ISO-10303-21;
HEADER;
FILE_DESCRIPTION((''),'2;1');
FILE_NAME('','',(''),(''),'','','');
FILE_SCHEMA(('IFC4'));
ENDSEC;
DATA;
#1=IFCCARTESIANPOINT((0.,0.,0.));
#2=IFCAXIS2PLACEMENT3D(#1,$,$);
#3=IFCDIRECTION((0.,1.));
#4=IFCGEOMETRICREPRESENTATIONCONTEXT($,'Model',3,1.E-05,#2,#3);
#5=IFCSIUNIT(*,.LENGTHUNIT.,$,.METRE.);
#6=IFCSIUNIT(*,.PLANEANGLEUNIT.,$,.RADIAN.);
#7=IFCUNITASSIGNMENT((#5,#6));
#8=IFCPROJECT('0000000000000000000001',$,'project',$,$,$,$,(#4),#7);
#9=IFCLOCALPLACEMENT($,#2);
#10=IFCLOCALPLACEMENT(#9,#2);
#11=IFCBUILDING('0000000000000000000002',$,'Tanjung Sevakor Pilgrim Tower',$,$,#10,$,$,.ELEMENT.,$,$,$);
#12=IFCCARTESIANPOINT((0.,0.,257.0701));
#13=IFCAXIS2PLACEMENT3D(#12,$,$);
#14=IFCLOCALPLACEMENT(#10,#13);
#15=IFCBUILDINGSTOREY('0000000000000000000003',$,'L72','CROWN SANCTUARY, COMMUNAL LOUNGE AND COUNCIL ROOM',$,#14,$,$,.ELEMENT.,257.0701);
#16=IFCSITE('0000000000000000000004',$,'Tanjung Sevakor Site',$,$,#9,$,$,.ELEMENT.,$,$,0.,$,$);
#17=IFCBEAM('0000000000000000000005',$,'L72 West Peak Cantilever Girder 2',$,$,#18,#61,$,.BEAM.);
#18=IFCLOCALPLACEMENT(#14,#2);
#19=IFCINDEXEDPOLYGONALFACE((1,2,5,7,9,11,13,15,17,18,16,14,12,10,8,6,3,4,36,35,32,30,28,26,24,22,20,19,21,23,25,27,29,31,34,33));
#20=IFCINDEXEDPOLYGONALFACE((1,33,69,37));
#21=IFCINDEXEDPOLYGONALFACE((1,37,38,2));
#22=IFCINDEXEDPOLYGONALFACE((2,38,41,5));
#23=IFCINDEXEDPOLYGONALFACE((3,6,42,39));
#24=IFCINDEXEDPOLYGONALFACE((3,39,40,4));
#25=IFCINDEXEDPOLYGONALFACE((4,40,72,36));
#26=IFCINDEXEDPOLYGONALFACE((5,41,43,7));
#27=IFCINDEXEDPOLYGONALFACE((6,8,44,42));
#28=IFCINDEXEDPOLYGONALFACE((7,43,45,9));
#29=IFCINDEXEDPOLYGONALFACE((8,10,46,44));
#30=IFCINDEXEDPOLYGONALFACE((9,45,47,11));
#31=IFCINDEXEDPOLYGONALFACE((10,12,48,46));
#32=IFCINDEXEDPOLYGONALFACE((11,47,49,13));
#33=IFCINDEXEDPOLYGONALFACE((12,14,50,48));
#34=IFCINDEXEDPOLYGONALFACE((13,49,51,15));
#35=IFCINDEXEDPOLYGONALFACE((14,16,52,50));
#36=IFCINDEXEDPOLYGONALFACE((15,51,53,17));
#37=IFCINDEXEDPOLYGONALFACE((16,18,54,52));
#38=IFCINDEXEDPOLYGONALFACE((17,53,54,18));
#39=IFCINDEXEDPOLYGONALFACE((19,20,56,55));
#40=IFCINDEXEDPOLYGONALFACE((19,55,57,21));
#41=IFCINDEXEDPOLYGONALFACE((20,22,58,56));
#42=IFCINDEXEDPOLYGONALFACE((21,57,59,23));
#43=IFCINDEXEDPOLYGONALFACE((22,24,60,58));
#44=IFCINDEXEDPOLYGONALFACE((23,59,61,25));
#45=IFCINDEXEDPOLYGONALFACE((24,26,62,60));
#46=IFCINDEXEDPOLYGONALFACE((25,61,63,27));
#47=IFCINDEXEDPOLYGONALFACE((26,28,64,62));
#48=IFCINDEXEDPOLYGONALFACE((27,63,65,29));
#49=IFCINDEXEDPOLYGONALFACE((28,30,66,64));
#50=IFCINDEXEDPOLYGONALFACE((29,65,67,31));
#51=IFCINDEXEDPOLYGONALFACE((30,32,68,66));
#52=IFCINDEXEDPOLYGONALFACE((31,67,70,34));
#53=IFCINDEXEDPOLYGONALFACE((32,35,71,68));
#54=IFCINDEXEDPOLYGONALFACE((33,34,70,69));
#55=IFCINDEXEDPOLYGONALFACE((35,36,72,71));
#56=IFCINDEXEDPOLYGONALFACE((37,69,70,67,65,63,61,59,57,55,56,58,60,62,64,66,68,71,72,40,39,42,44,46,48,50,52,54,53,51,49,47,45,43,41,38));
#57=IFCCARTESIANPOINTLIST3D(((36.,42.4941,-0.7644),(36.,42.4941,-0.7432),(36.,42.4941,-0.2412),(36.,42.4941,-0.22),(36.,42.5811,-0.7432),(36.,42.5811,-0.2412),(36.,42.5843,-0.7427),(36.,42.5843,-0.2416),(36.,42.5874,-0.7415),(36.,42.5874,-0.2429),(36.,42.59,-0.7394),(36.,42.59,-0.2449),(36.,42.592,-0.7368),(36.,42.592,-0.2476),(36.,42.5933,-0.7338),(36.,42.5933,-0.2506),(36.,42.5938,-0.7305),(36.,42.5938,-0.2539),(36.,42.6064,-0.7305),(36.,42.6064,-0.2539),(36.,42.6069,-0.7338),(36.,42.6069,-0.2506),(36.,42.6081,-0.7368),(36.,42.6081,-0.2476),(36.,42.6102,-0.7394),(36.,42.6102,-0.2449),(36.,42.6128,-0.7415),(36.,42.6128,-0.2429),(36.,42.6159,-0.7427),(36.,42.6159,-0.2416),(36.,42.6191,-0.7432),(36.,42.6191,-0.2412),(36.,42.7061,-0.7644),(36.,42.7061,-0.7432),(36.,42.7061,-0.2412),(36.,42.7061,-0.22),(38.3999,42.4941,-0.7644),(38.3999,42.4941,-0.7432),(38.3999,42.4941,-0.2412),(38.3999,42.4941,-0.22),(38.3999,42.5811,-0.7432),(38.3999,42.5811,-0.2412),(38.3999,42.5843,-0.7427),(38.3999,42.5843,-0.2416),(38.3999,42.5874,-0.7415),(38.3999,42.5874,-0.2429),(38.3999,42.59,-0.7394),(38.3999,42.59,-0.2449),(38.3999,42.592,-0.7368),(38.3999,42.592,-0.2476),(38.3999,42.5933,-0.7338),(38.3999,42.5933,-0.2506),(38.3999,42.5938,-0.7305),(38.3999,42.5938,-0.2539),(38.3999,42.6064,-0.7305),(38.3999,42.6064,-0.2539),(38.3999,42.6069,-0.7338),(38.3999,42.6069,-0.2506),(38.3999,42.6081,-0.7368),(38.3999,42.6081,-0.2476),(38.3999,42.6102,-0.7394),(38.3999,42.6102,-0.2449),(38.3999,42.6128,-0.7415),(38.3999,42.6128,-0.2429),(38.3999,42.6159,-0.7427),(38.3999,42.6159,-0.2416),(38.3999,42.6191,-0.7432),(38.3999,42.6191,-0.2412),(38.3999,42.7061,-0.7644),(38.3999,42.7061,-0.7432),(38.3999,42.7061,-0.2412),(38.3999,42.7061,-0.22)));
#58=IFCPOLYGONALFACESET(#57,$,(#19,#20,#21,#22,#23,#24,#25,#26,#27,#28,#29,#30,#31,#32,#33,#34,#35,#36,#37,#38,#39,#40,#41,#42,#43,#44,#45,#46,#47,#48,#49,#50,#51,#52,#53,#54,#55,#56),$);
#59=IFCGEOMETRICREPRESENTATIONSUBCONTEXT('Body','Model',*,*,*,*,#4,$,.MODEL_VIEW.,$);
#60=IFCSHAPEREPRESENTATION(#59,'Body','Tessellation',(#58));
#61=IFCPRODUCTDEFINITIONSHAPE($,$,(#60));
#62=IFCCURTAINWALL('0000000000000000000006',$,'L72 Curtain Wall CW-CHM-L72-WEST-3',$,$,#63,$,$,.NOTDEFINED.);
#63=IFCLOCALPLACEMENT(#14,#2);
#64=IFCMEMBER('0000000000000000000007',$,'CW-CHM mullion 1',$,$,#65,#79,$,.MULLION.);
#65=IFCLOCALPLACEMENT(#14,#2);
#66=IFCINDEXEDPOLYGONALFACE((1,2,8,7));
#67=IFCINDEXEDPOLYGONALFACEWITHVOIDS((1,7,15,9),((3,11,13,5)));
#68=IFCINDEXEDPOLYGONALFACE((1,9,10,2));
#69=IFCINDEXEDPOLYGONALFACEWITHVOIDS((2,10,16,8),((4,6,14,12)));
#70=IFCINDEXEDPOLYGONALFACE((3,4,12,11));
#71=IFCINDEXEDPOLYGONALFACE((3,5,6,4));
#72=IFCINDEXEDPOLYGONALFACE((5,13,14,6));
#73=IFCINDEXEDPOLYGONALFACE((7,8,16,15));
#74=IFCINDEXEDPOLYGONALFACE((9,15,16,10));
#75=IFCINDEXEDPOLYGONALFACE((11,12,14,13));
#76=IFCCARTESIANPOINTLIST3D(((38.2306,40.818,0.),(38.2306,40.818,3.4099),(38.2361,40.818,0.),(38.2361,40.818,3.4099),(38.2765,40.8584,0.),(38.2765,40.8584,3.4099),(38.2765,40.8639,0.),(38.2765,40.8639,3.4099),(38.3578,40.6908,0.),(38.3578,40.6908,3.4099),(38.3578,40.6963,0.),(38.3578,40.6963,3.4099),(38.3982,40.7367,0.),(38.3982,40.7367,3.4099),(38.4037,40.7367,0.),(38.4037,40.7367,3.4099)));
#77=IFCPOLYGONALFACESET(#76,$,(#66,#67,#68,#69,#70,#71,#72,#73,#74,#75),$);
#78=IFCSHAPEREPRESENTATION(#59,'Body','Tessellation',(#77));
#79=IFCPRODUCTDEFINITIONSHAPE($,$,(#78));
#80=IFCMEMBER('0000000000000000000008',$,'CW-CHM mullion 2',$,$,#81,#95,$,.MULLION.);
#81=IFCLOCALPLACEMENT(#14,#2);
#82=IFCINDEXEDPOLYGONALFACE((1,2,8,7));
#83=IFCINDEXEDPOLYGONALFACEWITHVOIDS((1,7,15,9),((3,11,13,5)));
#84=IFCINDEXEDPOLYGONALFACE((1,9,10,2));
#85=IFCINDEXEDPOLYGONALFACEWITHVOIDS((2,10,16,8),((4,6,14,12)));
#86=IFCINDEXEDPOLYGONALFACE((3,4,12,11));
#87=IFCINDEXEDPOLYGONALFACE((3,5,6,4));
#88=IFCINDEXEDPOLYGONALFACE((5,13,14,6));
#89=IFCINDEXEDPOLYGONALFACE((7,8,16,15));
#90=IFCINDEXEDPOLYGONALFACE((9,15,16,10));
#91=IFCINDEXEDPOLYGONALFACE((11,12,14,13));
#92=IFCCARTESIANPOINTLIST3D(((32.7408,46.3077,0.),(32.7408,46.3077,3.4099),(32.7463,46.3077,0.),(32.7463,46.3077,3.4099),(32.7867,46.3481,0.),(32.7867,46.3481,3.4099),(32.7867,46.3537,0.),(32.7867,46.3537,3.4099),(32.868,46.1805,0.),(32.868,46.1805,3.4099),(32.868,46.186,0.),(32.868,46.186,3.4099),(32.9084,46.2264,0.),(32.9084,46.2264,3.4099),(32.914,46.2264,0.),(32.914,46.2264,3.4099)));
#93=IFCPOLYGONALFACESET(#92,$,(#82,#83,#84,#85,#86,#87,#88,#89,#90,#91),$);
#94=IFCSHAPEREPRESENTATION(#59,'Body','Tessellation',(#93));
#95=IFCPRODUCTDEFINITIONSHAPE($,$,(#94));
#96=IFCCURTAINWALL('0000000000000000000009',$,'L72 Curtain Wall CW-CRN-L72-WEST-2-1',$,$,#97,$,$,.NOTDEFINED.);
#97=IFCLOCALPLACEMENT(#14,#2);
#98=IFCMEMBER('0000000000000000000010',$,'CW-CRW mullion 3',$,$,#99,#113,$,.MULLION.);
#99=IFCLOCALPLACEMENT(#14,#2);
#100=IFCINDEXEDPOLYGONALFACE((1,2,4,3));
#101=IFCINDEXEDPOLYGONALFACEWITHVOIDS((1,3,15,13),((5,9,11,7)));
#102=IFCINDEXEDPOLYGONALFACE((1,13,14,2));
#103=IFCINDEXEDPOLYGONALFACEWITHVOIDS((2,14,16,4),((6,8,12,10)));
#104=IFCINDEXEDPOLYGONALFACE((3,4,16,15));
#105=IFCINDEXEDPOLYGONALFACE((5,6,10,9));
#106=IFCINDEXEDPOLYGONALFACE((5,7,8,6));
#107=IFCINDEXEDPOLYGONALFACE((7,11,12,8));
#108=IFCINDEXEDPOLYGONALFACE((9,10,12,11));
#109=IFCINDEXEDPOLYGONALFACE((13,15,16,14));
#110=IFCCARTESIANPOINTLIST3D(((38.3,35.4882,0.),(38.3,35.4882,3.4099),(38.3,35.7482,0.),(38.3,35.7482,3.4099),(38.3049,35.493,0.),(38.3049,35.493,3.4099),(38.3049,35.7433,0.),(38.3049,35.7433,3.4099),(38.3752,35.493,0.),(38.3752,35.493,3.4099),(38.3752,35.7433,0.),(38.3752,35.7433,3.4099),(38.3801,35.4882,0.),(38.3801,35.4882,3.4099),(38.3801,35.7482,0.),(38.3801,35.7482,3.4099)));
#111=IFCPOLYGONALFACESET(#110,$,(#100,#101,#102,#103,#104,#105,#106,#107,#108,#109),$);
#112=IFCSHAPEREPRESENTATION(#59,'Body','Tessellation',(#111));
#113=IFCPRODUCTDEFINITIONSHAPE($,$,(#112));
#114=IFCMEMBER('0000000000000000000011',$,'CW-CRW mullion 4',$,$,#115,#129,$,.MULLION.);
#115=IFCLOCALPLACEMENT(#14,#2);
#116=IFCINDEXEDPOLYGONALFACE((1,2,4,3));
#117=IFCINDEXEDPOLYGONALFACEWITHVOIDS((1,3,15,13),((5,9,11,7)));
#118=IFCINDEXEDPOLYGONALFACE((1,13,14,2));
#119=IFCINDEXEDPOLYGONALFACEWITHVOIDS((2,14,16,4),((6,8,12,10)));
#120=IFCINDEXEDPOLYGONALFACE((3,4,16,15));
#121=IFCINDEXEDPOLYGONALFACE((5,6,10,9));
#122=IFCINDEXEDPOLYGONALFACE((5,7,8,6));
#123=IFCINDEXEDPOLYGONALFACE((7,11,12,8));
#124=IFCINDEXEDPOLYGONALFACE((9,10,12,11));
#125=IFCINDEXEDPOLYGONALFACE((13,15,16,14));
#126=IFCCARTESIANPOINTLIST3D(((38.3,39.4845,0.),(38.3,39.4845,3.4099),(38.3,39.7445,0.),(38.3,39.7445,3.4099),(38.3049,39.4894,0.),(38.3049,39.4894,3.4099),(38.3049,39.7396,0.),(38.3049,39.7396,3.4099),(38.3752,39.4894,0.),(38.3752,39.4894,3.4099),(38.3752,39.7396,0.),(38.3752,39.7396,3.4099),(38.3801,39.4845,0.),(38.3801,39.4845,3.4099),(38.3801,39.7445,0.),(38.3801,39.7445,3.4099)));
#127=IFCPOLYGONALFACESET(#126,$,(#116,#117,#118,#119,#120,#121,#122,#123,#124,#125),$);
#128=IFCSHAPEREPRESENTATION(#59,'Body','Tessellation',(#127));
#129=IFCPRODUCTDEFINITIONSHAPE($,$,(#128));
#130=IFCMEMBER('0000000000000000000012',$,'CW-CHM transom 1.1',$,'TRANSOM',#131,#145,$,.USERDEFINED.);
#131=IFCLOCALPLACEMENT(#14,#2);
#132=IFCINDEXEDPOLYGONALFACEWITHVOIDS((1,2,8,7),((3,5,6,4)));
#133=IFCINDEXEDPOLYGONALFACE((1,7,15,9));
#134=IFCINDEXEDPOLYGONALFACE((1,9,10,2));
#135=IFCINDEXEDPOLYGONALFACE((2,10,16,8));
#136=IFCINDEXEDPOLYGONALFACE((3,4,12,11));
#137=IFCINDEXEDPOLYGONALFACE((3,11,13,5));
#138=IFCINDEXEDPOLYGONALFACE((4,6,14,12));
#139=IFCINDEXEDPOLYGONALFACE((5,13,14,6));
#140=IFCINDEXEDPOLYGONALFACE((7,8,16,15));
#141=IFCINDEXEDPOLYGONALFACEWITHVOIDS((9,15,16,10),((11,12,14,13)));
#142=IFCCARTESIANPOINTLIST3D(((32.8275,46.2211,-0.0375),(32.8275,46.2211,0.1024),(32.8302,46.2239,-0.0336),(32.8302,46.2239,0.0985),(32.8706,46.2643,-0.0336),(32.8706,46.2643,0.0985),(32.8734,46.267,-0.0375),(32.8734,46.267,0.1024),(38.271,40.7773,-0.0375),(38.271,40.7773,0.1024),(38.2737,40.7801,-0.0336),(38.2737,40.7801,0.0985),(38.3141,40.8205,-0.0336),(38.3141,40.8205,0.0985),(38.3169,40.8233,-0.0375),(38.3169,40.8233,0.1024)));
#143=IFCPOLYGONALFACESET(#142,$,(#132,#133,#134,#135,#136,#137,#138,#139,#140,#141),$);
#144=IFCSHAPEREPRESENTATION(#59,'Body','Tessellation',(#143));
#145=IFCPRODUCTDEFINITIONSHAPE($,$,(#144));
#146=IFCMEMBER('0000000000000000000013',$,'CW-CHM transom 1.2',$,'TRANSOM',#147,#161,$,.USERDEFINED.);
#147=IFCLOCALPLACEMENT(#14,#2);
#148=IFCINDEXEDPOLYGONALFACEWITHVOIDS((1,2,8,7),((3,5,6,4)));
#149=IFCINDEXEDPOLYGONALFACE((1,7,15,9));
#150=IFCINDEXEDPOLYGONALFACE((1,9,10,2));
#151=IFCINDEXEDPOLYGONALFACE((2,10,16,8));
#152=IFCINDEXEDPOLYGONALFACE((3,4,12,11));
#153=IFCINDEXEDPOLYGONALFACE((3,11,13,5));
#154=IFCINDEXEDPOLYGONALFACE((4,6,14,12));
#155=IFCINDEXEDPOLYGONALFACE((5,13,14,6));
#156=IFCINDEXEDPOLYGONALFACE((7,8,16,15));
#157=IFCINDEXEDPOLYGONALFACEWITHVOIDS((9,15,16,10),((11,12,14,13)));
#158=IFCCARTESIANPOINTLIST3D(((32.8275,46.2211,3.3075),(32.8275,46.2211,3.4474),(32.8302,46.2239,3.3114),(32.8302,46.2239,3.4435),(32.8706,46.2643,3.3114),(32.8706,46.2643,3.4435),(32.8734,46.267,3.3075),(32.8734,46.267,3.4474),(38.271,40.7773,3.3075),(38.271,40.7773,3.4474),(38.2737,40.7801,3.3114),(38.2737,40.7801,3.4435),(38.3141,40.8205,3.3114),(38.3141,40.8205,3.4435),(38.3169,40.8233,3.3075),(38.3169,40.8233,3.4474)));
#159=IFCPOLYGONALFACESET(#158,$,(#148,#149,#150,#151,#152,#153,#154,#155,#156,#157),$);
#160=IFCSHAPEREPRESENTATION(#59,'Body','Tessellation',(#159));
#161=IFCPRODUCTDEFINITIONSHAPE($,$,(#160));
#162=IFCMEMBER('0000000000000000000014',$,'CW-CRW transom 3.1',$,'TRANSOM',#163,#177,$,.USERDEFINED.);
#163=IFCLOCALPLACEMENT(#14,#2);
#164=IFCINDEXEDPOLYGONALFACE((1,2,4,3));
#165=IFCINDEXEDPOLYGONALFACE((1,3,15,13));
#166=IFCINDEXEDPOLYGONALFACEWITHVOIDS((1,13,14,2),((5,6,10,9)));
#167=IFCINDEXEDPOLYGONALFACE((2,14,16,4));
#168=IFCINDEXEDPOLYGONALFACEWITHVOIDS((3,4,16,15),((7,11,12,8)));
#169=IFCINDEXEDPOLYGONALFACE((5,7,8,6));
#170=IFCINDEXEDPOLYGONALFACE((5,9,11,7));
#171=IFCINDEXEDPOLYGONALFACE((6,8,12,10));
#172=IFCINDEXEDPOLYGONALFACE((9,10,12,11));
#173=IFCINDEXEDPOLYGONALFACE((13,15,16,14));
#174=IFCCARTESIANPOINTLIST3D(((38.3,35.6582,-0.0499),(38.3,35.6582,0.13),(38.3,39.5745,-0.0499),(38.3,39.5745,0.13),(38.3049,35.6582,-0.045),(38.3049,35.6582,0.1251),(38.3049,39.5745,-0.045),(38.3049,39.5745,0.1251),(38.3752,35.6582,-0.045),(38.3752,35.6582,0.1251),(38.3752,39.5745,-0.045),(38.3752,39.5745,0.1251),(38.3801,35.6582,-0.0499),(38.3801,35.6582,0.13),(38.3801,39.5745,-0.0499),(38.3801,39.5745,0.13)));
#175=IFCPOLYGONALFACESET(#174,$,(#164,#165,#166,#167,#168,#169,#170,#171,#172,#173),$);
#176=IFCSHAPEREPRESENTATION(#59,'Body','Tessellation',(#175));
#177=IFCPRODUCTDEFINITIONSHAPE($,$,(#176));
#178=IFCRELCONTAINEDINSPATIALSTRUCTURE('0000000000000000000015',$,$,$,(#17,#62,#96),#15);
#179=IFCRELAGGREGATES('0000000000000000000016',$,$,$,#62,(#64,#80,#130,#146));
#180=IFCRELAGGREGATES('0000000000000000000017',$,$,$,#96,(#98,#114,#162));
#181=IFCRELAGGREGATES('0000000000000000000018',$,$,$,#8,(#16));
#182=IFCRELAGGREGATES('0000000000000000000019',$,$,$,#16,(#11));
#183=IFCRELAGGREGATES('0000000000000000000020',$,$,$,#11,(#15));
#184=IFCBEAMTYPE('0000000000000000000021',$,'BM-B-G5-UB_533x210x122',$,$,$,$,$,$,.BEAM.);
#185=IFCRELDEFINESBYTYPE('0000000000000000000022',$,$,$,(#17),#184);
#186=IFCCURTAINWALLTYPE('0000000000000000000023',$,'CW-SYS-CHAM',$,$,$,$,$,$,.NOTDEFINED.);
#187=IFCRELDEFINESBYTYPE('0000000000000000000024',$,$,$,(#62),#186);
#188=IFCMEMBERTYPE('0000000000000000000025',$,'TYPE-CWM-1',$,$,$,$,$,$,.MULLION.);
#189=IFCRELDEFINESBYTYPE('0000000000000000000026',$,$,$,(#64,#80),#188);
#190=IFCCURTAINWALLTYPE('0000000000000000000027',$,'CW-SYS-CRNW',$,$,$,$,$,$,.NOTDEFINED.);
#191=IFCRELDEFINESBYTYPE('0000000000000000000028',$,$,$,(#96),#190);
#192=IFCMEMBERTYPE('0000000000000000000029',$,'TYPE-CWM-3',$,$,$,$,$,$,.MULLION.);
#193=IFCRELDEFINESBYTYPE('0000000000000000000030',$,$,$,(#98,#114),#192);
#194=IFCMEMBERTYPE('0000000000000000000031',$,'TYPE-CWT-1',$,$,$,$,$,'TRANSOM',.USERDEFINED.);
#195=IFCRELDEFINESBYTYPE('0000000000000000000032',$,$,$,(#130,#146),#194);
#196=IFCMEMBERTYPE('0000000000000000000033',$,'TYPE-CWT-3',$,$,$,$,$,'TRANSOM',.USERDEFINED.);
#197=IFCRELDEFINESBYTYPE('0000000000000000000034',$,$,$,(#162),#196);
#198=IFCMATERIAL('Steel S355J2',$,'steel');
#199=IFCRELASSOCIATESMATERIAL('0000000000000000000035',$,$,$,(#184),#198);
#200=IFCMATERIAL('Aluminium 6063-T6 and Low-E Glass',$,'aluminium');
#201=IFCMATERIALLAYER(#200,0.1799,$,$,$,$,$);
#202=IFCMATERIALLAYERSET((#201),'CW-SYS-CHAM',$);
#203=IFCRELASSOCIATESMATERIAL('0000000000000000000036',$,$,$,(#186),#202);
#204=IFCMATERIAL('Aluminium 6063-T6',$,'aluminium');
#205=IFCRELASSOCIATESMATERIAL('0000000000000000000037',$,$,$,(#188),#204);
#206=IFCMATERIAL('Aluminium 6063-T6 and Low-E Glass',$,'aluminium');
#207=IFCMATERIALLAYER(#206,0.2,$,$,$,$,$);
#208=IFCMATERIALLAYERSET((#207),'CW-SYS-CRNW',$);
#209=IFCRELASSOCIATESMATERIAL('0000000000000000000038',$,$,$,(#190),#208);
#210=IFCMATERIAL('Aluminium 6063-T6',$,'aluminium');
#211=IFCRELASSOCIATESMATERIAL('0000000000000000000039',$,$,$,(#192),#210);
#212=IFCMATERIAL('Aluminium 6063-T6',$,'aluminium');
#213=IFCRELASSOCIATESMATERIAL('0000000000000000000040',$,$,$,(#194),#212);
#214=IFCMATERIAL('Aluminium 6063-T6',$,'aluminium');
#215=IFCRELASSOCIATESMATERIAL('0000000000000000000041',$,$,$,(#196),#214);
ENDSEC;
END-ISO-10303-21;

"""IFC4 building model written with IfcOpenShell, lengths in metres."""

from ifc_helpers import new_model, si_unit, direction, frame, origin, origin_2d, place, context, subcontext, project, spatial, hollow_rectangle, i_section, extrude, material, layer, layer_set, material_profile, profile_set, type_object, element, aggregate, save


model = new_model("IFC4")

# Units and contexts
model_context = context("Model", 3, precision=1e-05, world=origin(), true_north=direction((0.0, 1.0)))
body_context = subcontext(model_context, "Body", "Model", "MODEL_VIEW")
ifc_project = project(units=[si_unit("LENGTHUNIT", "METRE"), si_unit("PLANEANGLEUNIT", "RADIAN")], contexts=[model_context])

# Site, building, storey
site_placement = place(None, origin())
site = spatial("IfcSite", under=ifc_project, at=site_placement, Name="Tanjung Sevakor Site", CompositionType="ELEMENT", RefElevation=0.0)
building_placement = place(site_placement, origin())
building = spatial("IfcBuilding", under=site, at=building_placement, Name="Tanjung Sevakor Pilgrim Tower", CompositionType="ELEMENT")
storey_placement = place(building_placement, frame((0.0, 0.0, 257.0701)))
storey = spatial("IfcBuildingStorey", under=building, at=storey_placement, Name="L72", Description="CROWN SANCTUARY, COMMUNAL LOUNGE AND COUNCIL ROOM", CompositionType="ELEMENT", Elevation=257.0701)

# Beam
ifc_material_1 = material(Name="Steel S355J2", Category="steel")
ifc_material_profile_1 = material_profile(ifc_material_1, i_section(OverallWidth=0.2119, OverallDepth=0.5444, WebThickness=0.0127, FlangeThickness=0.0212, FilletRadius=0.0127, at=origin_2d()))
ifc_profile_set_1 = profile_set([ifc_material_profile_1], Name="Steel S355J2")
beam_type = type_object("IfcBeamType", Name="BM-B-G5-UB_533x210x122", PredefinedType="BEAM", material=ifc_profile_set_1)
beam_placement = place(storey_placement, frame((36.0, 42.6001, -0.4922), z_axis=(1.0, 0.0, 0.0), x_axis=(0.0, 1.0, 0.0)))
element("IfcBeam", 1, at=beam_placement, inside=storey, type_object=beam_type, Name="L72 West Peak Cantilever Girder 2", PredefinedType="BEAM", context=body_context, shape_type="SweptSolid", body=[
    extrude(i_section(OverallWidth=0.2119, OverallDepth=0.5444, WebThickness=0.0127, FlangeThickness=0.0212, FilletRadius=0.0127, at=origin_2d()), origin(), (0.0, 0.0, 1.0), 2.3999),
])

# Curtain walls, members
ifc_material_2 = material(Name="Aluminium 6063-T6 and Low-E Glass", Category="aluminium")
ifc_layer_1 = layer(ifc_material_2, 0.1799)
ifc_layer_set_1 = layer_set([ifc_layer_1], Name="CW-SYS-CHAM")
curtain_wall_type_1 = type_object("IfcCurtainWallType", Name="CW-SYS-CHAM", PredefinedType="NOTDEFINED", material=ifc_layer_set_1)
curtain_wall_1_placement = place(storey_placement, origin())
curtain_wall_1 = element("IfcCurtainWall", 2, at=curtain_wall_1_placement, inside=storey, type_object=curtain_wall_type_1, Name="L72 Curtain Wall CW-CHM-L72-WEST-3", PredefinedType="NOTDEFINED")
ifc_material_3 = material(Name="Aluminium 6063-T6", Category="aluminium")
ifc_material_profile_2 = material_profile(ifc_material_3, hollow_rectangle(XDim=0.0649, YDim=0.1799, WallThickness=0.0039, at=origin_2d()))
ifc_profile_set_2 = profile_set([ifc_material_profile_2], Name="Aluminium 6063-T6")
member_type_1 = type_object("IfcMemberType", Name="TYPE-CWM-1", PredefinedType="MULLION", material=ifc_profile_set_2)
member_1_placement = place(storey_placement, frame((38.3171, 40.7773, 0.0), z_axis=(0.0, 0.0, 1.0), x_axis=(-0.707107, -0.707107, 0.0)))
member_1 = element("IfcMember", 3, at=member_1_placement, type_object=member_type_1, Name="CW-CHM mullion 1", PredefinedType="MULLION", context=body_context, shape_type="SweptSolid", body=[
    extrude(hollow_rectangle(XDim=0.0649, YDim=0.1799, WallThickness=0.0039, at=origin_2d()), origin(), (0.0, 0.0, 1.0), 3.4099),
])
member_2_placement = place(storey_placement, frame((32.8274, 46.2671, 0.0), z_axis=(0.0, 0.0, 1.0), x_axis=(-0.707107, -0.707107, 0.0)))
member_2 = element("IfcMember", 4, at=member_2_placement, type_object=member_type_1, Name="CW-CHM mullion 2", PredefinedType="MULLION", context=body_context, shape_type="SweptSolid", body=[
    extrude(hollow_rectangle(XDim=0.0649, YDim=0.1799, WallThickness=0.0039, at=origin_2d()), origin(), (0.0, 0.0, 1.0), 3.4099),
])
ifc_material_4 = material(Name="Aluminium 6063-T6 and Low-E Glass", Category="aluminium")
ifc_layer_2 = layer(ifc_material_4, 0.2)
ifc_layer_set_2 = layer_set([ifc_layer_2], Name="CW-SYS-CRNW")
curtain_wall_type_2 = type_object("IfcCurtainWallType", Name="CW-SYS-CRNW", PredefinedType="NOTDEFINED", material=ifc_layer_set_2)
curtain_wall_2_placement = place(storey_placement, origin())
curtain_wall_2 = element("IfcCurtainWall", 5, at=curtain_wall_2_placement, inside=storey, type_object=curtain_wall_type_2, Name="L72 Curtain Wall CW-CRN-L72-WEST-2-1", PredefinedType="NOTDEFINED")
ifc_material_5 = material(Name="Aluminium 6063-T6", Category="aluminium")
ifc_material_profile_3 = material_profile(ifc_material_5, hollow_rectangle(XDim=0.0801, YDim=0.26, WallThickness=0.0049, at=origin_2d()))
ifc_profile_set_3 = profile_set([ifc_material_profile_3], Name="Aluminium 6063-T6")
member_type_2 = type_object("IfcMemberType", Name="TYPE-CWM-3", PredefinedType="MULLION", material=ifc_profile_set_3)
member_3_placement = place(storey_placement, frame((38.3401, 35.6182, 0.0), z_axis=(0.0, 0.0, 1.0), x_axis=(-1.0, 0.0, 0.0)))
member_3 = element("IfcMember", 6, at=member_3_placement, type_object=member_type_2, Name="CW-CRW mullion 3", PredefinedType="MULLION", context=body_context, shape_type="SweptSolid", body=[
    extrude(hollow_rectangle(XDim=0.0801, YDim=0.26, WallThickness=0.0049, at=origin_2d()), origin(), (0.0, 0.0, 1.0), 3.4099),
])
member_4_placement = place(storey_placement, frame((38.3401, 39.6145, 0.0), z_axis=(0.0, 0.0, 1.0), x_axis=(-1.0, 0.0, 0.0)))
member_4 = element("IfcMember", 7, at=member_4_placement, type_object=member_type_2, Name="CW-CRW mullion 4", PredefinedType="MULLION", context=body_context, shape_type="SweptSolid", body=[
    extrude(hollow_rectangle(XDim=0.0801, YDim=0.26, WallThickness=0.0049, at=origin_2d()), origin(), (0.0, 0.0, 1.0), 3.4099),
])

# Members
ifc_material_6 = material(Name="Aluminium 6063-T6", Category="aluminium")
ifc_material_profile_4 = material_profile(ifc_material_6, hollow_rectangle(XDim=0.0649, YDim=0.1399, WallThickness=0.0039, at=origin_2d()))
ifc_profile_set_4 = profile_set([ifc_material_profile_4], Name="Aluminium 6063-T6")
member_type_3 = type_object("IfcMemberType", Name="TYPE-CWT-1", ElementType="TRANSOM", PredefinedType="USERDEFINED", material=ifc_profile_set_4)
member_5_placement = place(storey_placement, frame((38.2939, 40.8003, 0.0325), z_axis=(-0.707091, 0.707123, 0.0), x_axis=(-0.707123, -0.707091, 0.0)))
member_5 = element("IfcMember", 8, at=member_5_placement, type_object=member_type_3, Name="CW-CHM transom 1.1", ObjectType="TRANSOM", PredefinedType="USERDEFINED", context=body_context, shape_type="SweptSolid", body=[
    extrude(hollow_rectangle(XDim=0.0649, YDim=0.1399, WallThickness=0.0039, at=origin_2d()), origin(), (0.0, 0.0, 1.0), 7.6985),
])
member_6_placement = place(storey_placement, frame((38.2939, 40.8003, 3.3774), z_axis=(-0.707091, 0.707123, 0.0), x_axis=(-0.707123, -0.707091, 0.0)))
member_6 = element("IfcMember", 9, at=member_6_placement, type_object=member_type_3, Name="CW-CHM transom 1.2", ObjectType="TRANSOM", PredefinedType="USERDEFINED", context=body_context, shape_type="SweptSolid", body=[
    extrude(hollow_rectangle(XDim=0.0649, YDim=0.1399, WallThickness=0.0039, at=origin_2d()), origin(), (0.0, 0.0, 1.0), 7.6985),
])
ifc_material_7 = material(Name="Aluminium 6063-T6", Category="aluminium")
ifc_material_profile_5 = material_profile(ifc_material_7, hollow_rectangle(XDim=0.0801, YDim=0.1799, WallThickness=0.0049, at=origin_2d()))
ifc_profile_set_5 = profile_set([ifc_material_profile_5], Name="Aluminium 6063-T6")
member_type_4 = type_object("IfcMemberType", Name="TYPE-CWT-3", ElementType="TRANSOM", PredefinedType="USERDEFINED", material=ifc_profile_set_5)
member_7_placement = place(storey_placement, frame((38.3401, 35.6582, 0.04), z_axis=(0.0, 1.0, 0.0), x_axis=(-1.0, 0.0, 0.0)))
member_7 = element("IfcMember", 10, at=member_7_placement, type_object=member_type_4, Name="CW-CRW transom 3.1", ObjectType="TRANSOM", PredefinedType="USERDEFINED", context=body_context, shape_type="SweptSolid", body=[
    extrude(hollow_rectangle(XDim=0.0801, YDim=0.1799, WallThickness=0.0049, at=origin_2d()), origin(), (0.0, 0.0, 1.0), 3.9163),
])

aggregate(curtain_wall_1, [member_1, member_2, member_5, member_6])
aggregate(curtain_wall_2, [member_3, member_4, member_7])

save(model, "model.ifc")
